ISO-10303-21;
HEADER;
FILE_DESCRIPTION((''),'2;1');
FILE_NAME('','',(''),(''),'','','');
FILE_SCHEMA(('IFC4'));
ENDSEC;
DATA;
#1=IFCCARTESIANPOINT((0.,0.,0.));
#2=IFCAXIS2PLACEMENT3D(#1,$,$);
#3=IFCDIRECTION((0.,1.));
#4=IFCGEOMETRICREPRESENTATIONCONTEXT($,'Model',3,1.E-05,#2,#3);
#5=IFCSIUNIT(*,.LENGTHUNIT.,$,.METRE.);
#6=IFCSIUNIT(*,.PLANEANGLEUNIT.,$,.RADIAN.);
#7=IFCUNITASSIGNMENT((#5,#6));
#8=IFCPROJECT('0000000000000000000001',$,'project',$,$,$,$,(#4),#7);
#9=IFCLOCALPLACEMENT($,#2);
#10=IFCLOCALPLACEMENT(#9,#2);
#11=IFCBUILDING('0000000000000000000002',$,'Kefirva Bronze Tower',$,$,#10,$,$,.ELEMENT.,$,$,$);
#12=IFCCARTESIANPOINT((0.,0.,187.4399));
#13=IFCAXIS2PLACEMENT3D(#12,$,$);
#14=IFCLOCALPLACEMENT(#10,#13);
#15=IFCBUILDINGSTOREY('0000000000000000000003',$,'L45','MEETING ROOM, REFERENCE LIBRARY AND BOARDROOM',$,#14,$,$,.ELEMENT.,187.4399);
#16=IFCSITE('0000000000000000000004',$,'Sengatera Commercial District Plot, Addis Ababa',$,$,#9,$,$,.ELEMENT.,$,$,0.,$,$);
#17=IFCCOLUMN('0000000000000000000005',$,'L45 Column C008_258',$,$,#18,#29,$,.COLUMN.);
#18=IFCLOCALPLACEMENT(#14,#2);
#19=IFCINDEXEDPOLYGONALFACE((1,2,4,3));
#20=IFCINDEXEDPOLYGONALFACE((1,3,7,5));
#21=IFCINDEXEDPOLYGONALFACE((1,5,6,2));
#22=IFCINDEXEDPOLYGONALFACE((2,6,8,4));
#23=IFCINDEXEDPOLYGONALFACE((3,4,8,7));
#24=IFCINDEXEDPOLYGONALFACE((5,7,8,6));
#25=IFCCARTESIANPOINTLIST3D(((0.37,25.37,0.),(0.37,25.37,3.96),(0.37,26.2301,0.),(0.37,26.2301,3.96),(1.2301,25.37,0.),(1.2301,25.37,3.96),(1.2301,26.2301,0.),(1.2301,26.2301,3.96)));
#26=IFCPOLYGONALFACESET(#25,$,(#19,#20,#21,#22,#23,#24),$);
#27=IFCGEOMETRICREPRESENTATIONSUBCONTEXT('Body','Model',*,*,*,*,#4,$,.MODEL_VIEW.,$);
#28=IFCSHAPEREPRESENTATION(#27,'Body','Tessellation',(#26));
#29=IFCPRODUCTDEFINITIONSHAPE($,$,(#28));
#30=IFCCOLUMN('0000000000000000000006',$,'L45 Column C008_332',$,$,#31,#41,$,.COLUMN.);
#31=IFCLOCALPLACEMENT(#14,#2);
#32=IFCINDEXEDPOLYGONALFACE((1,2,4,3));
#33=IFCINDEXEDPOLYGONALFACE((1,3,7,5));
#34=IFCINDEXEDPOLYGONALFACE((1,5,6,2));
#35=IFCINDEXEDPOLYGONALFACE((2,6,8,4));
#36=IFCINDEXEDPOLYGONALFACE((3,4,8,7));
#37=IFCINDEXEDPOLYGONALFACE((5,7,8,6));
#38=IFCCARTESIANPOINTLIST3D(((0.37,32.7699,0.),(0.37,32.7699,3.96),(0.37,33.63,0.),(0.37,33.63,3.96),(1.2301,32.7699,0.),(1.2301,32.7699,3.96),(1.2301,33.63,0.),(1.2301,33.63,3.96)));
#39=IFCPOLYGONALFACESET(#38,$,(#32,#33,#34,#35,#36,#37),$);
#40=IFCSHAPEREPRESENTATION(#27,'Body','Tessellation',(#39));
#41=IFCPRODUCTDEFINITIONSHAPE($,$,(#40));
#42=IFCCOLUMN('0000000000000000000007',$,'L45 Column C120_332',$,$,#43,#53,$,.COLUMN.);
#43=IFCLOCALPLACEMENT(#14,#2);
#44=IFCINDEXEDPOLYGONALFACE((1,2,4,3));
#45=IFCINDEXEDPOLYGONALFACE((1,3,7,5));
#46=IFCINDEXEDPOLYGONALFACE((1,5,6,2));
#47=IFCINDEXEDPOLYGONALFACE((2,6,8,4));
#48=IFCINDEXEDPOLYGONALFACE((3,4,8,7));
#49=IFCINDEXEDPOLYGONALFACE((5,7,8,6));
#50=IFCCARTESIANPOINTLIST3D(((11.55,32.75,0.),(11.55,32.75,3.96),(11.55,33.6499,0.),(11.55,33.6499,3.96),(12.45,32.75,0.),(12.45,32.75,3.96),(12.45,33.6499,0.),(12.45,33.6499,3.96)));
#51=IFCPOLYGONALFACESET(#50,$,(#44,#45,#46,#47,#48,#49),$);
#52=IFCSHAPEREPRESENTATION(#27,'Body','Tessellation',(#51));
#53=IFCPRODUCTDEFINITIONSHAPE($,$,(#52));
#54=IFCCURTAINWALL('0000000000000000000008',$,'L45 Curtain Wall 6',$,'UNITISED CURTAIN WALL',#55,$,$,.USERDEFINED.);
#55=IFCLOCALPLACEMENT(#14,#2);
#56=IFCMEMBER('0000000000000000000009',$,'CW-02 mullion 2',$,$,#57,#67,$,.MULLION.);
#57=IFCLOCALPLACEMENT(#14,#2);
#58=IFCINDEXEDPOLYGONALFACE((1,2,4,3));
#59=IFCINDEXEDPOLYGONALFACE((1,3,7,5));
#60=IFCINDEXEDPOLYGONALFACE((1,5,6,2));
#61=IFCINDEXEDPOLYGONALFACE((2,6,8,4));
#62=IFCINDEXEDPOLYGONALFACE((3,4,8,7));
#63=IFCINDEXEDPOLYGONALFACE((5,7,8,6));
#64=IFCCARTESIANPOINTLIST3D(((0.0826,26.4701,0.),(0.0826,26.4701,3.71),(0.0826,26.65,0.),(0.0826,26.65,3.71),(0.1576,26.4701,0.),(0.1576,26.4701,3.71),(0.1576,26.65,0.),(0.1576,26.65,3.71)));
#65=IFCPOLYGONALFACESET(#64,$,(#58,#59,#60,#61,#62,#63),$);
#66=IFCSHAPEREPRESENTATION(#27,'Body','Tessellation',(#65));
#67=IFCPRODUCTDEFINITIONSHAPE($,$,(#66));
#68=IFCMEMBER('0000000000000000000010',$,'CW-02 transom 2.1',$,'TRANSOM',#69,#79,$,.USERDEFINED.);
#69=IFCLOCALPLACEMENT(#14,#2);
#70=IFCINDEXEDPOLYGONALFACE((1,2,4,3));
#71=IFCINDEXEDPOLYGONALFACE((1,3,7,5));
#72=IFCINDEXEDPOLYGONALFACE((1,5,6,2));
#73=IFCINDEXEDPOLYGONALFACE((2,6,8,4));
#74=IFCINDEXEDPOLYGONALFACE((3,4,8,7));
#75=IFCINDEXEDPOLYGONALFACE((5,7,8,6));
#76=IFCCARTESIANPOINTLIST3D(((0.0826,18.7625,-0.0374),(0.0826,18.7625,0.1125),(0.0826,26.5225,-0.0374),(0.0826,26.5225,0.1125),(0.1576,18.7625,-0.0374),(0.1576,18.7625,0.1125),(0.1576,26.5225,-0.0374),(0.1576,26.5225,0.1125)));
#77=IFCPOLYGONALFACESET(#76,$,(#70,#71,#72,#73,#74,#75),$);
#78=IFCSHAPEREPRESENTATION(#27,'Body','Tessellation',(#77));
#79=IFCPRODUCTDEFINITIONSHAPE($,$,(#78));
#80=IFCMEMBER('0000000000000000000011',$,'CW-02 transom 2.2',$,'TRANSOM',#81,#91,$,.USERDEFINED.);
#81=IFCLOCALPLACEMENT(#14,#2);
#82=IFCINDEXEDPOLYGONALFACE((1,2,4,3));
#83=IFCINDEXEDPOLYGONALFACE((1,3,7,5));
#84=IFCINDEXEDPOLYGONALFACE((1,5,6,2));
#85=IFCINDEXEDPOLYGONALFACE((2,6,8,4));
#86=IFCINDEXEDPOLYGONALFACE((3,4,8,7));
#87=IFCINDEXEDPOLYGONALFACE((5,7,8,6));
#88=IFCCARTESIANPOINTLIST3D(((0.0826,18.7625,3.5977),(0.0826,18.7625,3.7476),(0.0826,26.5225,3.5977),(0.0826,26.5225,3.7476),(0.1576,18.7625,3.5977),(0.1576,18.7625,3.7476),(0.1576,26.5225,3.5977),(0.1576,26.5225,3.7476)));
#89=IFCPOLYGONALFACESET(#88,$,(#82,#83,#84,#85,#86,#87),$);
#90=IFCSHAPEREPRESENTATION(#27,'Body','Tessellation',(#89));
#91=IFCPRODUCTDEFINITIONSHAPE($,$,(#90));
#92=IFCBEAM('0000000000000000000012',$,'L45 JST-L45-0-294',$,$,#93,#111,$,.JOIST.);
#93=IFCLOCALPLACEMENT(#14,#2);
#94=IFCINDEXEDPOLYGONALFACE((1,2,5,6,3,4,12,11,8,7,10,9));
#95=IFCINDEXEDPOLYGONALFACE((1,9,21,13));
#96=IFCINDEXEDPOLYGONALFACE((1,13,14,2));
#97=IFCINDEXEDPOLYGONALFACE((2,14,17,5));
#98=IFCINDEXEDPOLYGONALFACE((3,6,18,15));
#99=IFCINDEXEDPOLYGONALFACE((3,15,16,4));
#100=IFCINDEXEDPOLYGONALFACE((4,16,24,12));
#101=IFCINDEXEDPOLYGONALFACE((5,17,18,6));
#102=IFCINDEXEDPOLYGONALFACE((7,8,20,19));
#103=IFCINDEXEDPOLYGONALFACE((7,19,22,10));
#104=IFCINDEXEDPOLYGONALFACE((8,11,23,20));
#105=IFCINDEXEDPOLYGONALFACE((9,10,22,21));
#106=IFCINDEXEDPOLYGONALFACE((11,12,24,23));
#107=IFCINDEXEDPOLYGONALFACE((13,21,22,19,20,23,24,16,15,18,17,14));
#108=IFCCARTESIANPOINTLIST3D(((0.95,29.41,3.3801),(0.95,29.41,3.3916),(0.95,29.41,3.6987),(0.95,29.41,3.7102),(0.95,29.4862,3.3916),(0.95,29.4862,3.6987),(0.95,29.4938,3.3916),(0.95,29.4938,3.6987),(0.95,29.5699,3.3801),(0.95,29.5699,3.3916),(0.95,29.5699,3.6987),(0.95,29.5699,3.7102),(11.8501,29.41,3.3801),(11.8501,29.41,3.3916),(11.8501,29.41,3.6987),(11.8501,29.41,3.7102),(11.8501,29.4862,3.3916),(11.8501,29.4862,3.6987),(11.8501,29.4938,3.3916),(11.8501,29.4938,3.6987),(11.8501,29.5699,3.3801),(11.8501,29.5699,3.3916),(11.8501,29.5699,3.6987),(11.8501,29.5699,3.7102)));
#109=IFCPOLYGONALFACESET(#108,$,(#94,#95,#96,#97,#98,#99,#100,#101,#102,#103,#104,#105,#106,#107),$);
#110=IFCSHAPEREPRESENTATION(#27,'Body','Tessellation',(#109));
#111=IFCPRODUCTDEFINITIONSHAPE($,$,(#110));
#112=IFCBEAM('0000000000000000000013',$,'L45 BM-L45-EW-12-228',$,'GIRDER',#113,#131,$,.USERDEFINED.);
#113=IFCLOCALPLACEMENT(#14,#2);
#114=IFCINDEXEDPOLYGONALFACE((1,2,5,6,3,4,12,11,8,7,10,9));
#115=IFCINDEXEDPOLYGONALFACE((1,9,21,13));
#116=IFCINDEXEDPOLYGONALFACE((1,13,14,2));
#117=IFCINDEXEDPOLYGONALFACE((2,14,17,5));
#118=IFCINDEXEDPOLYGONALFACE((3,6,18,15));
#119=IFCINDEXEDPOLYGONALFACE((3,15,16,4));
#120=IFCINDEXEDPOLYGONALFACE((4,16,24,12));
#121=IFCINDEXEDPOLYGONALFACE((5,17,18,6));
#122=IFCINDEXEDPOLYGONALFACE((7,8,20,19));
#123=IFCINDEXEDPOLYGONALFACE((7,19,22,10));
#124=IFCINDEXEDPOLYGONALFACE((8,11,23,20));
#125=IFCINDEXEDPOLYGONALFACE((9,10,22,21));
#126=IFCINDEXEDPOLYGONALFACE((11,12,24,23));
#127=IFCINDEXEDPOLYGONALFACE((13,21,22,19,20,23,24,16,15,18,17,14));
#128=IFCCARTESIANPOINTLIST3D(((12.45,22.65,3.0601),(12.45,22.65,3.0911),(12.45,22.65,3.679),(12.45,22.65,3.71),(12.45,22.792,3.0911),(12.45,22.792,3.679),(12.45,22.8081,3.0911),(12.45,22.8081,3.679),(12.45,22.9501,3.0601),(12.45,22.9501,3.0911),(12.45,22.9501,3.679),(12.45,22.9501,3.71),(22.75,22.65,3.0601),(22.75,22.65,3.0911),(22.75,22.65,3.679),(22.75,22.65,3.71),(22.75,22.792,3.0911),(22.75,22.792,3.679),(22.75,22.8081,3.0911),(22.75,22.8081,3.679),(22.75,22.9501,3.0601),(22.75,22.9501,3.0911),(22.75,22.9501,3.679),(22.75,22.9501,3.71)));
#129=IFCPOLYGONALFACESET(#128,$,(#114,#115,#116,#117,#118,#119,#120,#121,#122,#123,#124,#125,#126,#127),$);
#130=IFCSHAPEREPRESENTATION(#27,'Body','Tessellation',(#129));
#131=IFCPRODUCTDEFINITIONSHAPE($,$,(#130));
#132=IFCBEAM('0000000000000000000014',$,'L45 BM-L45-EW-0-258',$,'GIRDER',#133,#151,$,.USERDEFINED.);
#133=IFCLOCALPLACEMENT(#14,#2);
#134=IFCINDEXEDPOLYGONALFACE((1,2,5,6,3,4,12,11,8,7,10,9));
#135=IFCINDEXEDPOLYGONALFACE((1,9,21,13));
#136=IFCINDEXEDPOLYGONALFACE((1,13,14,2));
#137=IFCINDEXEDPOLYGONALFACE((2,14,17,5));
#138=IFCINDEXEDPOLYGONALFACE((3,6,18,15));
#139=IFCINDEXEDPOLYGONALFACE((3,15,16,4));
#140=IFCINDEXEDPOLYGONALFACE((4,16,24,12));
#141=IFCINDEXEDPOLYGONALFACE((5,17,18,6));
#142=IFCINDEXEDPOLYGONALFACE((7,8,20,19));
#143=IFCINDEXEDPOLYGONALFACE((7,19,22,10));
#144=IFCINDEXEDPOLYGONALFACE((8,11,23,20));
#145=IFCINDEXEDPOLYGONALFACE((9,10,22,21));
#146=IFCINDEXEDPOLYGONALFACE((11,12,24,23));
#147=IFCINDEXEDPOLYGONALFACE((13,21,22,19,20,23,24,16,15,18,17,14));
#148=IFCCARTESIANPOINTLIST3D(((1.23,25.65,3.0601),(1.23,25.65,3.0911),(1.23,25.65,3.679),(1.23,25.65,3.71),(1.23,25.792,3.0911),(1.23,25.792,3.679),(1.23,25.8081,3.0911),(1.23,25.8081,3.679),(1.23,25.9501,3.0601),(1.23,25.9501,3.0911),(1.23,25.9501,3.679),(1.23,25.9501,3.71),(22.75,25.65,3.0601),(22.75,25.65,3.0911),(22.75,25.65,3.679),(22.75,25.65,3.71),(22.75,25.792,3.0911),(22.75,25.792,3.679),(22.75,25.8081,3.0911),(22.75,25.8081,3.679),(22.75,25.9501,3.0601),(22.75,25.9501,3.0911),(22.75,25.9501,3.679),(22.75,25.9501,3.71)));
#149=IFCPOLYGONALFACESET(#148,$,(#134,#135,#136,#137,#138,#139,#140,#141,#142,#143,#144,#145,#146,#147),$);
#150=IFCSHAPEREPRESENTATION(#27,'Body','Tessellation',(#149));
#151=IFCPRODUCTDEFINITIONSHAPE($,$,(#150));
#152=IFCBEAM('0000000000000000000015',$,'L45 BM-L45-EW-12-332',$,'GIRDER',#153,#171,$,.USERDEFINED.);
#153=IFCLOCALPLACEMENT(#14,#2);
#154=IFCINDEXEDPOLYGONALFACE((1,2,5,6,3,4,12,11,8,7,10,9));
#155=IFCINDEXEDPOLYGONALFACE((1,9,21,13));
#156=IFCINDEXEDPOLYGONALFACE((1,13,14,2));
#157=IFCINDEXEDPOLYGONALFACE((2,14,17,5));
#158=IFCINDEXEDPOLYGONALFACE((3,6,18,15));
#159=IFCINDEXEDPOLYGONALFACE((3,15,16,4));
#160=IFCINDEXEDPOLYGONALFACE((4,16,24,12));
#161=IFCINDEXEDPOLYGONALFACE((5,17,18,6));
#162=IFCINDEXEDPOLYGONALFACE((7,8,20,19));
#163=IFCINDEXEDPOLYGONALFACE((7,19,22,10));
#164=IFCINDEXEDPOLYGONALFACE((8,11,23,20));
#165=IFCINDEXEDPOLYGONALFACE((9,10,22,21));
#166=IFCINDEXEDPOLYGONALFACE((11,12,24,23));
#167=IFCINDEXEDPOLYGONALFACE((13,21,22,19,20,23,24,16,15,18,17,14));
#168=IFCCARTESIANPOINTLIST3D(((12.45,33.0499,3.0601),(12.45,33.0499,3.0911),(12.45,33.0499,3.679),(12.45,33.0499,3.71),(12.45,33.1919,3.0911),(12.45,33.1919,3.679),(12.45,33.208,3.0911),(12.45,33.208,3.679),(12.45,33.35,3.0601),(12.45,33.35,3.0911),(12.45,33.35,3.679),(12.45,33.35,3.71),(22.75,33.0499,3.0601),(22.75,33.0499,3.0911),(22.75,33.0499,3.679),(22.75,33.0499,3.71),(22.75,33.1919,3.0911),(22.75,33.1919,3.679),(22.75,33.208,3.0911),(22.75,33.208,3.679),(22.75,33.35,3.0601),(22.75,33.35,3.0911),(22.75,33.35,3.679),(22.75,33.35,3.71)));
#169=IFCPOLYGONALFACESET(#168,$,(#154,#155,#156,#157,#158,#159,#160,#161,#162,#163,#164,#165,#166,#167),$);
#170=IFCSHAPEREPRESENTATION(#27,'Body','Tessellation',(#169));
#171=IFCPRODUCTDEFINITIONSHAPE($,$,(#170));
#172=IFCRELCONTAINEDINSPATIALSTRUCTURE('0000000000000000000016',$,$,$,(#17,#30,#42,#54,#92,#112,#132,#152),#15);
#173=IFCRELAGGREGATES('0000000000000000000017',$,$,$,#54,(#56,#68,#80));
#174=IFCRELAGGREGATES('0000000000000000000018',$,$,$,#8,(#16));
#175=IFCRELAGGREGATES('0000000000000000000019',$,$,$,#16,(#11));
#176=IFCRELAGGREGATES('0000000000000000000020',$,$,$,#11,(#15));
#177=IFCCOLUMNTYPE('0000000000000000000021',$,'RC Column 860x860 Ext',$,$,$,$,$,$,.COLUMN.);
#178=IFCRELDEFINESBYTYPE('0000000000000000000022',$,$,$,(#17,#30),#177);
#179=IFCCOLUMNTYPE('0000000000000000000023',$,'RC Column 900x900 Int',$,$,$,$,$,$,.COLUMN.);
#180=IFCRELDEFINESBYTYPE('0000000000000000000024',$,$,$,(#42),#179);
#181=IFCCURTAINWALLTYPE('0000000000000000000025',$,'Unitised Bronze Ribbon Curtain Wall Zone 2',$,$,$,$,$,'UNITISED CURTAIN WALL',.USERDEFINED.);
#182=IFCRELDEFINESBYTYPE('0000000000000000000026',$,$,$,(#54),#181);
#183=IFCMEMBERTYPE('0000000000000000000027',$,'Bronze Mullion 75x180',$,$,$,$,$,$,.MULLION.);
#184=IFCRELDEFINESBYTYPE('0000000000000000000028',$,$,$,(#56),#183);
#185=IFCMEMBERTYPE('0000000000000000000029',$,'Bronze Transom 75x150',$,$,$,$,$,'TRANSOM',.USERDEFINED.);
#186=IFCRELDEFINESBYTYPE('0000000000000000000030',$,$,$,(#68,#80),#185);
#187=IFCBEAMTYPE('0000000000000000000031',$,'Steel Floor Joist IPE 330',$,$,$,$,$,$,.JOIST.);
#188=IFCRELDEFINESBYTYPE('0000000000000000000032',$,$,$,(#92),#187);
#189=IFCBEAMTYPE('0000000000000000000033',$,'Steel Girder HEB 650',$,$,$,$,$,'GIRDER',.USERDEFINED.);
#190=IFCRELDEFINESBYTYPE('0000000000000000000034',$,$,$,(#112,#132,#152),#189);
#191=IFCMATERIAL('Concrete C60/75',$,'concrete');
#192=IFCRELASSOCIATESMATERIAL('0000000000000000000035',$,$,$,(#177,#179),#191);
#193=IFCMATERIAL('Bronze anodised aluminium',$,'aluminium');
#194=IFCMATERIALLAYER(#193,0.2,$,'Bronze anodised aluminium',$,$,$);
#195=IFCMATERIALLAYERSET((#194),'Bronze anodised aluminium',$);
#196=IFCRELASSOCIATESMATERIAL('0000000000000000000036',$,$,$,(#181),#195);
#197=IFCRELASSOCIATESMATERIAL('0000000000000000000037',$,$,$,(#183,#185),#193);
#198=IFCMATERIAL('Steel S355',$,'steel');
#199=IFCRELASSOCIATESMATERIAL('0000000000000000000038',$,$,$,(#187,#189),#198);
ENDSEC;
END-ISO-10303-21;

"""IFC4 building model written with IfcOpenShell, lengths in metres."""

from ifc_helpers import new_model, si_unit, direction, frame, origin, origin_2d, place, context, subcontext, project, spatial, rectangle, i_section, extrude, material, layer, layer_set, material_profile, profile_set, type_object, element, aggregate, save


model = new_model("IFC4")

# Units and contexts
model_context = context("Model", 3, precision=1e-05, world=origin(), true_north=direction((0.0, 1.0)))
body_context = subcontext(model_context, "Body", "Model", "MODEL_VIEW")
ifc_project = project(units=[si_unit("LENGTHUNIT", "METRE"), si_unit("PLANEANGLEUNIT", "RADIAN")], contexts=[model_context])

# Site, building, storey
site_placement = place(None, origin())
site = spatial("IfcSite", under=ifc_project, at=site_placement, Name="Sengatera Commercial District Plot, Addis Ababa", CompositionType="ELEMENT", RefElevation=0.0)
building_placement = place(site_placement, origin())
building = spatial("IfcBuilding", under=site, at=building_placement, Name="Kefirva Bronze Tower", CompositionType="ELEMENT")
storey_placement = place(building_placement, frame((0.0, 0.0, 187.4399)))
storey = spatial("IfcBuildingStorey", under=building, at=storey_placement, Name="L45", Description="MEETING ROOM, REFERENCE LIBRARY AND BOARDROOM", CompositionType="ELEMENT", Elevation=187.4399)

# Columns
ifc_material_1 = material(Name="Concrete C60/75", Category="concrete")
ifc_material_profile_1 = material_profile(ifc_material_1, rectangle(XDim=0.8601, YDim=0.8601, at=origin_2d()), Name="RC 860x860")
ifc_profile_set_1 = profile_set([ifc_material_profile_1], Name="Concrete C60/75")
column_type_1 = type_object("IfcColumnType", Name="RC Column 860x860 Ext", PredefinedType="COLUMN", material=ifc_profile_set_1)
for number, where, z_axis, x_axis, name in (
    (1, (0.8, 25.8, 0.0), (0.0, 0.0, 1.0), (1.0, 0.0, 0.0), "L45 Column C008_258"),
    (2, (0.8, 33.2, 0.0), (0.0, 0.0, 1.0), (1.0, 0.0, 0.0), "L45 Column C008_332"),
):
    element("IfcColumn", number, at=place(storey_placement, frame(where, z_axis=z_axis, x_axis=x_axis)), inside=storey, type_object=column_type_1, Name=name, PredefinedType="COLUMN", context=body_context, shape_type="SweptSolid", body=[
        extrude(rectangle(XDim=0.8601, YDim=0.8601, at=origin_2d()), origin(), (0.0, 0.0, 1.0), 3.96),
    ])
ifc_material_profile_2 = material_profile(ifc_material_1, rectangle(XDim=0.8999, YDim=0.8999, at=origin_2d()), Name="RC 900x900")
ifc_profile_set_2 = profile_set([ifc_material_profile_2], Name="Concrete C60/75")
column_type_2 = type_object("IfcColumnType", Name="RC Column 900x900 Int", PredefinedType="COLUMN", material=ifc_profile_set_2)
column_placement = place(storey_placement, frame((12.0, 33.2, 0.0), z_axis=(0.0, 0.0, 1.0), x_axis=(1.0, 0.0, 0.0)))
element("IfcColumn", 3, at=column_placement, inside=storey, type_object=column_type_2, Name="L45 Column C120_332", PredefinedType="COLUMN", context=body_context, shape_type="SweptSolid", body=[
    extrude(rectangle(XDim=0.8999, YDim=0.8999, at=origin_2d()), origin(), (0.0, 0.0, 1.0), 3.96),
])

# Curtain wall, members
ifc_material_2 = material(Name="Bronze anodised aluminium", Category="aluminium")
ifc_layer_1 = layer(ifc_material_2, 0.2, Name="Bronze anodised aluminium")
ifc_layer_set_1 = layer_set([ifc_layer_1], Name="Bronze anodised aluminium")
curtain_wall_type = type_object("IfcCurtainWallType", Name="Unitised Bronze Ribbon Curtain Wall Zone 2", ElementType="UNITISED CURTAIN WALL", PredefinedType="USERDEFINED", material=ifc_layer_set_1)
curtain_wall_placement = place(storey_placement, origin())
curtain_wall = element("IfcCurtainWall", 4, at=curtain_wall_placement, inside=storey, type_object=curtain_wall_type, Name="L45 Curtain Wall 6", ObjectType="UNITISED CURTAIN WALL", PredefinedType="USERDEFINED")
ifc_material_profile_3 = material_profile(ifc_material_2, rectangle(XDim=0.075, YDim=0.1799, at=origin_2d()), Name="ALU 75x180")
ifc_profile_set_3 = profile_set([ifc_material_profile_3], Name="Bronze anodised aluminium")
member_type_1 = type_object("IfcMemberType", Name="Bronze Mullion 75x180", PredefinedType="MULLION", material=ifc_profile_set_3)
member_1_placement = place(storey_placement, frame((0.1201, 26.5601, 0.0), z_axis=(0.0, 0.0, 1.0), x_axis=(1.0, 0.0, 0.0)))
member_1 = element("IfcMember", 5, at=member_1_placement, type_object=member_type_1, Name="CW-02 mullion 2", PredefinedType="MULLION", context=body_context, shape_type="SweptSolid", body=[
    extrude(rectangle(XDim=0.075, YDim=0.1799, at=origin_2d()), origin(), (0.0, 0.0, 1.0), 3.71),
])
ifc_material_profile_4 = material_profile(ifc_material_2, rectangle(XDim=0.075, YDim=0.1499, at=origin_2d()), Name="ALU 75x150")
ifc_profile_set_4 = profile_set([ifc_material_profile_4], Name="Bronze anodised aluminium")
member_type_2 = type_object("IfcMemberType", Name="Bronze Transom 75x150", ElementType="TRANSOM", PredefinedType="USERDEFINED", material=ifc_profile_set_4)
member_2_placement = place(storey_placement, frame((0.1201, 26.5225, 0.0376), z_axis=(0.0, -1.0, 0.0), x_axis=(1.0, 0.0, 0.0)))
member_2 = element("IfcMember", 6, at=member_2_placement, type_object=member_type_2, Name="CW-02 transom 2.1", ObjectType="TRANSOM", PredefinedType="USERDEFINED", context=body_context, shape_type="SweptSolid", body=[
    extrude(rectangle(XDim=0.075, YDim=0.1499, at=origin_2d()), origin(), (0.0, 0.0, 1.0), 7.76),
])
member_3_placement = place(storey_placement, frame((0.1201, 26.5225, 3.6726), z_axis=(0.0, -1.0, 0.0), x_axis=(1.0, 0.0, 0.0)))
member_3 = element("IfcMember", 7, at=member_3_placement, type_object=member_type_2, Name="CW-02 transom 2.2", ObjectType="TRANSOM", PredefinedType="USERDEFINED", context=body_context, shape_type="SweptSolid", body=[
    extrude(rectangle(XDim=0.075, YDim=0.1499, at=origin_2d()), origin(), (0.0, 0.0, 1.0), 7.76),
])

# Beams
ifc_material_3 = material(Name="Steel S355", Category="steel")
ifc_material_profile_5 = material_profile(ifc_material_3, i_section(OverallWidth=0.1599, OverallDepth=0.3301, WebThickness=0.0076, FlangeThickness=0.0115, at=origin_2d()), Name="IPE 330")
ifc_profile_set_5 = profile_set([ifc_material_profile_5], Name="Steel S355")
beam_type_1 = type_object("IfcBeamType", Name="Steel Floor Joist IPE 330", PredefinedType="JOIST", material=ifc_profile_set_5)
beam_1_placement = place(storey_placement, frame((0.95, 29.49, 3.5452), z_axis=(1.0, 0.0, 0.0), x_axis=(0.0, 1.0, 0.0)))
element("IfcBeam", 8, at=beam_1_placement, inside=storey, type_object=beam_type_1, Name="L45 JST-L45-0-294", PredefinedType="JOIST", context=body_context, shape_type="SweptSolid", body=[
    extrude(i_section(OverallWidth=0.1599, OverallDepth=0.3301, WebThickness=0.0076, FlangeThickness=0.0115, at=origin_2d()), origin(), (0.0, 0.0, 1.0), 10.9001),
])
ifc_material_profile_6 = material_profile(ifc_material_3, i_section(OverallWidth=0.3, OverallDepth=0.6499, WebThickness=0.0161, FlangeThickness=0.031, at=origin_2d()), Name="HEB 650")
ifc_profile_set_6 = profile_set([ifc_material_profile_6], Name="Steel S355")
beam_type_2 = type_object("IfcBeamType", Name="Steel Girder HEB 650", ElementType="GIRDER", PredefinedType="USERDEFINED", material=ifc_profile_set_6)
beam_2_placement = place(storey_placement, frame((12.45, 22.8, 3.385), z_axis=(1.0, 0.0, 0.0), x_axis=(0.0, 1.0, 0.0)))
element("IfcBeam", 9, at=beam_2_placement, inside=storey, type_object=beam_type_2, Name="L45 BM-L45-EW-12-228", ObjectType="GIRDER", PredefinedType="USERDEFINED", context=body_context, shape_type="SweptSolid", body=[
    extrude(i_section(OverallWidth=0.3, OverallDepth=0.6499, WebThickness=0.0161, FlangeThickness=0.031, at=origin_2d()), origin(), (0.0, 0.0, 1.0), 10.3),
])
beam_3_placement = place(storey_placement, frame((1.23, 25.8, 3.385), z_axis=(1.0, 0.0, 0.0), x_axis=(0.0, 1.0, 0.0)))
element("IfcBeam", 10, at=beam_3_placement, inside=storey, type_object=beam_type_2, Name="L45 BM-L45-EW-0-258", ObjectType="GIRDER", PredefinedType="USERDEFINED", context=body_context, shape_type="SweptSolid", body=[
    extrude(i_section(OverallWidth=0.3, OverallDepth=0.6499, WebThickness=0.0161, FlangeThickness=0.031, at=origin_2d()), origin(), (0.0, 0.0, 1.0), 21.52),
])
beam_4_placement = place(storey_placement, frame((12.45, 33.2, 3.385), z_axis=(1.0, 0.0, 0.0), x_axis=(0.0, 1.0, 0.0)))
element("IfcBeam", 11, at=beam_4_placement, inside=storey, type_object=beam_type_2, Name="L45 BM-L45-EW-12-332", ObjectType="GIRDER", PredefinedType="USERDEFINED", context=body_context, shape_type="SweptSolid", body=[
    extrude(i_section(OverallWidth=0.3, OverallDepth=0.6499, WebThickness=0.0161, FlangeThickness=0.031, at=origin_2d()), origin(), (0.0, 0.0, 1.0), 10.3),
])

aggregate(curtain_wall, [member_1, member_2, member_3])

save(model, "model.ifc")
